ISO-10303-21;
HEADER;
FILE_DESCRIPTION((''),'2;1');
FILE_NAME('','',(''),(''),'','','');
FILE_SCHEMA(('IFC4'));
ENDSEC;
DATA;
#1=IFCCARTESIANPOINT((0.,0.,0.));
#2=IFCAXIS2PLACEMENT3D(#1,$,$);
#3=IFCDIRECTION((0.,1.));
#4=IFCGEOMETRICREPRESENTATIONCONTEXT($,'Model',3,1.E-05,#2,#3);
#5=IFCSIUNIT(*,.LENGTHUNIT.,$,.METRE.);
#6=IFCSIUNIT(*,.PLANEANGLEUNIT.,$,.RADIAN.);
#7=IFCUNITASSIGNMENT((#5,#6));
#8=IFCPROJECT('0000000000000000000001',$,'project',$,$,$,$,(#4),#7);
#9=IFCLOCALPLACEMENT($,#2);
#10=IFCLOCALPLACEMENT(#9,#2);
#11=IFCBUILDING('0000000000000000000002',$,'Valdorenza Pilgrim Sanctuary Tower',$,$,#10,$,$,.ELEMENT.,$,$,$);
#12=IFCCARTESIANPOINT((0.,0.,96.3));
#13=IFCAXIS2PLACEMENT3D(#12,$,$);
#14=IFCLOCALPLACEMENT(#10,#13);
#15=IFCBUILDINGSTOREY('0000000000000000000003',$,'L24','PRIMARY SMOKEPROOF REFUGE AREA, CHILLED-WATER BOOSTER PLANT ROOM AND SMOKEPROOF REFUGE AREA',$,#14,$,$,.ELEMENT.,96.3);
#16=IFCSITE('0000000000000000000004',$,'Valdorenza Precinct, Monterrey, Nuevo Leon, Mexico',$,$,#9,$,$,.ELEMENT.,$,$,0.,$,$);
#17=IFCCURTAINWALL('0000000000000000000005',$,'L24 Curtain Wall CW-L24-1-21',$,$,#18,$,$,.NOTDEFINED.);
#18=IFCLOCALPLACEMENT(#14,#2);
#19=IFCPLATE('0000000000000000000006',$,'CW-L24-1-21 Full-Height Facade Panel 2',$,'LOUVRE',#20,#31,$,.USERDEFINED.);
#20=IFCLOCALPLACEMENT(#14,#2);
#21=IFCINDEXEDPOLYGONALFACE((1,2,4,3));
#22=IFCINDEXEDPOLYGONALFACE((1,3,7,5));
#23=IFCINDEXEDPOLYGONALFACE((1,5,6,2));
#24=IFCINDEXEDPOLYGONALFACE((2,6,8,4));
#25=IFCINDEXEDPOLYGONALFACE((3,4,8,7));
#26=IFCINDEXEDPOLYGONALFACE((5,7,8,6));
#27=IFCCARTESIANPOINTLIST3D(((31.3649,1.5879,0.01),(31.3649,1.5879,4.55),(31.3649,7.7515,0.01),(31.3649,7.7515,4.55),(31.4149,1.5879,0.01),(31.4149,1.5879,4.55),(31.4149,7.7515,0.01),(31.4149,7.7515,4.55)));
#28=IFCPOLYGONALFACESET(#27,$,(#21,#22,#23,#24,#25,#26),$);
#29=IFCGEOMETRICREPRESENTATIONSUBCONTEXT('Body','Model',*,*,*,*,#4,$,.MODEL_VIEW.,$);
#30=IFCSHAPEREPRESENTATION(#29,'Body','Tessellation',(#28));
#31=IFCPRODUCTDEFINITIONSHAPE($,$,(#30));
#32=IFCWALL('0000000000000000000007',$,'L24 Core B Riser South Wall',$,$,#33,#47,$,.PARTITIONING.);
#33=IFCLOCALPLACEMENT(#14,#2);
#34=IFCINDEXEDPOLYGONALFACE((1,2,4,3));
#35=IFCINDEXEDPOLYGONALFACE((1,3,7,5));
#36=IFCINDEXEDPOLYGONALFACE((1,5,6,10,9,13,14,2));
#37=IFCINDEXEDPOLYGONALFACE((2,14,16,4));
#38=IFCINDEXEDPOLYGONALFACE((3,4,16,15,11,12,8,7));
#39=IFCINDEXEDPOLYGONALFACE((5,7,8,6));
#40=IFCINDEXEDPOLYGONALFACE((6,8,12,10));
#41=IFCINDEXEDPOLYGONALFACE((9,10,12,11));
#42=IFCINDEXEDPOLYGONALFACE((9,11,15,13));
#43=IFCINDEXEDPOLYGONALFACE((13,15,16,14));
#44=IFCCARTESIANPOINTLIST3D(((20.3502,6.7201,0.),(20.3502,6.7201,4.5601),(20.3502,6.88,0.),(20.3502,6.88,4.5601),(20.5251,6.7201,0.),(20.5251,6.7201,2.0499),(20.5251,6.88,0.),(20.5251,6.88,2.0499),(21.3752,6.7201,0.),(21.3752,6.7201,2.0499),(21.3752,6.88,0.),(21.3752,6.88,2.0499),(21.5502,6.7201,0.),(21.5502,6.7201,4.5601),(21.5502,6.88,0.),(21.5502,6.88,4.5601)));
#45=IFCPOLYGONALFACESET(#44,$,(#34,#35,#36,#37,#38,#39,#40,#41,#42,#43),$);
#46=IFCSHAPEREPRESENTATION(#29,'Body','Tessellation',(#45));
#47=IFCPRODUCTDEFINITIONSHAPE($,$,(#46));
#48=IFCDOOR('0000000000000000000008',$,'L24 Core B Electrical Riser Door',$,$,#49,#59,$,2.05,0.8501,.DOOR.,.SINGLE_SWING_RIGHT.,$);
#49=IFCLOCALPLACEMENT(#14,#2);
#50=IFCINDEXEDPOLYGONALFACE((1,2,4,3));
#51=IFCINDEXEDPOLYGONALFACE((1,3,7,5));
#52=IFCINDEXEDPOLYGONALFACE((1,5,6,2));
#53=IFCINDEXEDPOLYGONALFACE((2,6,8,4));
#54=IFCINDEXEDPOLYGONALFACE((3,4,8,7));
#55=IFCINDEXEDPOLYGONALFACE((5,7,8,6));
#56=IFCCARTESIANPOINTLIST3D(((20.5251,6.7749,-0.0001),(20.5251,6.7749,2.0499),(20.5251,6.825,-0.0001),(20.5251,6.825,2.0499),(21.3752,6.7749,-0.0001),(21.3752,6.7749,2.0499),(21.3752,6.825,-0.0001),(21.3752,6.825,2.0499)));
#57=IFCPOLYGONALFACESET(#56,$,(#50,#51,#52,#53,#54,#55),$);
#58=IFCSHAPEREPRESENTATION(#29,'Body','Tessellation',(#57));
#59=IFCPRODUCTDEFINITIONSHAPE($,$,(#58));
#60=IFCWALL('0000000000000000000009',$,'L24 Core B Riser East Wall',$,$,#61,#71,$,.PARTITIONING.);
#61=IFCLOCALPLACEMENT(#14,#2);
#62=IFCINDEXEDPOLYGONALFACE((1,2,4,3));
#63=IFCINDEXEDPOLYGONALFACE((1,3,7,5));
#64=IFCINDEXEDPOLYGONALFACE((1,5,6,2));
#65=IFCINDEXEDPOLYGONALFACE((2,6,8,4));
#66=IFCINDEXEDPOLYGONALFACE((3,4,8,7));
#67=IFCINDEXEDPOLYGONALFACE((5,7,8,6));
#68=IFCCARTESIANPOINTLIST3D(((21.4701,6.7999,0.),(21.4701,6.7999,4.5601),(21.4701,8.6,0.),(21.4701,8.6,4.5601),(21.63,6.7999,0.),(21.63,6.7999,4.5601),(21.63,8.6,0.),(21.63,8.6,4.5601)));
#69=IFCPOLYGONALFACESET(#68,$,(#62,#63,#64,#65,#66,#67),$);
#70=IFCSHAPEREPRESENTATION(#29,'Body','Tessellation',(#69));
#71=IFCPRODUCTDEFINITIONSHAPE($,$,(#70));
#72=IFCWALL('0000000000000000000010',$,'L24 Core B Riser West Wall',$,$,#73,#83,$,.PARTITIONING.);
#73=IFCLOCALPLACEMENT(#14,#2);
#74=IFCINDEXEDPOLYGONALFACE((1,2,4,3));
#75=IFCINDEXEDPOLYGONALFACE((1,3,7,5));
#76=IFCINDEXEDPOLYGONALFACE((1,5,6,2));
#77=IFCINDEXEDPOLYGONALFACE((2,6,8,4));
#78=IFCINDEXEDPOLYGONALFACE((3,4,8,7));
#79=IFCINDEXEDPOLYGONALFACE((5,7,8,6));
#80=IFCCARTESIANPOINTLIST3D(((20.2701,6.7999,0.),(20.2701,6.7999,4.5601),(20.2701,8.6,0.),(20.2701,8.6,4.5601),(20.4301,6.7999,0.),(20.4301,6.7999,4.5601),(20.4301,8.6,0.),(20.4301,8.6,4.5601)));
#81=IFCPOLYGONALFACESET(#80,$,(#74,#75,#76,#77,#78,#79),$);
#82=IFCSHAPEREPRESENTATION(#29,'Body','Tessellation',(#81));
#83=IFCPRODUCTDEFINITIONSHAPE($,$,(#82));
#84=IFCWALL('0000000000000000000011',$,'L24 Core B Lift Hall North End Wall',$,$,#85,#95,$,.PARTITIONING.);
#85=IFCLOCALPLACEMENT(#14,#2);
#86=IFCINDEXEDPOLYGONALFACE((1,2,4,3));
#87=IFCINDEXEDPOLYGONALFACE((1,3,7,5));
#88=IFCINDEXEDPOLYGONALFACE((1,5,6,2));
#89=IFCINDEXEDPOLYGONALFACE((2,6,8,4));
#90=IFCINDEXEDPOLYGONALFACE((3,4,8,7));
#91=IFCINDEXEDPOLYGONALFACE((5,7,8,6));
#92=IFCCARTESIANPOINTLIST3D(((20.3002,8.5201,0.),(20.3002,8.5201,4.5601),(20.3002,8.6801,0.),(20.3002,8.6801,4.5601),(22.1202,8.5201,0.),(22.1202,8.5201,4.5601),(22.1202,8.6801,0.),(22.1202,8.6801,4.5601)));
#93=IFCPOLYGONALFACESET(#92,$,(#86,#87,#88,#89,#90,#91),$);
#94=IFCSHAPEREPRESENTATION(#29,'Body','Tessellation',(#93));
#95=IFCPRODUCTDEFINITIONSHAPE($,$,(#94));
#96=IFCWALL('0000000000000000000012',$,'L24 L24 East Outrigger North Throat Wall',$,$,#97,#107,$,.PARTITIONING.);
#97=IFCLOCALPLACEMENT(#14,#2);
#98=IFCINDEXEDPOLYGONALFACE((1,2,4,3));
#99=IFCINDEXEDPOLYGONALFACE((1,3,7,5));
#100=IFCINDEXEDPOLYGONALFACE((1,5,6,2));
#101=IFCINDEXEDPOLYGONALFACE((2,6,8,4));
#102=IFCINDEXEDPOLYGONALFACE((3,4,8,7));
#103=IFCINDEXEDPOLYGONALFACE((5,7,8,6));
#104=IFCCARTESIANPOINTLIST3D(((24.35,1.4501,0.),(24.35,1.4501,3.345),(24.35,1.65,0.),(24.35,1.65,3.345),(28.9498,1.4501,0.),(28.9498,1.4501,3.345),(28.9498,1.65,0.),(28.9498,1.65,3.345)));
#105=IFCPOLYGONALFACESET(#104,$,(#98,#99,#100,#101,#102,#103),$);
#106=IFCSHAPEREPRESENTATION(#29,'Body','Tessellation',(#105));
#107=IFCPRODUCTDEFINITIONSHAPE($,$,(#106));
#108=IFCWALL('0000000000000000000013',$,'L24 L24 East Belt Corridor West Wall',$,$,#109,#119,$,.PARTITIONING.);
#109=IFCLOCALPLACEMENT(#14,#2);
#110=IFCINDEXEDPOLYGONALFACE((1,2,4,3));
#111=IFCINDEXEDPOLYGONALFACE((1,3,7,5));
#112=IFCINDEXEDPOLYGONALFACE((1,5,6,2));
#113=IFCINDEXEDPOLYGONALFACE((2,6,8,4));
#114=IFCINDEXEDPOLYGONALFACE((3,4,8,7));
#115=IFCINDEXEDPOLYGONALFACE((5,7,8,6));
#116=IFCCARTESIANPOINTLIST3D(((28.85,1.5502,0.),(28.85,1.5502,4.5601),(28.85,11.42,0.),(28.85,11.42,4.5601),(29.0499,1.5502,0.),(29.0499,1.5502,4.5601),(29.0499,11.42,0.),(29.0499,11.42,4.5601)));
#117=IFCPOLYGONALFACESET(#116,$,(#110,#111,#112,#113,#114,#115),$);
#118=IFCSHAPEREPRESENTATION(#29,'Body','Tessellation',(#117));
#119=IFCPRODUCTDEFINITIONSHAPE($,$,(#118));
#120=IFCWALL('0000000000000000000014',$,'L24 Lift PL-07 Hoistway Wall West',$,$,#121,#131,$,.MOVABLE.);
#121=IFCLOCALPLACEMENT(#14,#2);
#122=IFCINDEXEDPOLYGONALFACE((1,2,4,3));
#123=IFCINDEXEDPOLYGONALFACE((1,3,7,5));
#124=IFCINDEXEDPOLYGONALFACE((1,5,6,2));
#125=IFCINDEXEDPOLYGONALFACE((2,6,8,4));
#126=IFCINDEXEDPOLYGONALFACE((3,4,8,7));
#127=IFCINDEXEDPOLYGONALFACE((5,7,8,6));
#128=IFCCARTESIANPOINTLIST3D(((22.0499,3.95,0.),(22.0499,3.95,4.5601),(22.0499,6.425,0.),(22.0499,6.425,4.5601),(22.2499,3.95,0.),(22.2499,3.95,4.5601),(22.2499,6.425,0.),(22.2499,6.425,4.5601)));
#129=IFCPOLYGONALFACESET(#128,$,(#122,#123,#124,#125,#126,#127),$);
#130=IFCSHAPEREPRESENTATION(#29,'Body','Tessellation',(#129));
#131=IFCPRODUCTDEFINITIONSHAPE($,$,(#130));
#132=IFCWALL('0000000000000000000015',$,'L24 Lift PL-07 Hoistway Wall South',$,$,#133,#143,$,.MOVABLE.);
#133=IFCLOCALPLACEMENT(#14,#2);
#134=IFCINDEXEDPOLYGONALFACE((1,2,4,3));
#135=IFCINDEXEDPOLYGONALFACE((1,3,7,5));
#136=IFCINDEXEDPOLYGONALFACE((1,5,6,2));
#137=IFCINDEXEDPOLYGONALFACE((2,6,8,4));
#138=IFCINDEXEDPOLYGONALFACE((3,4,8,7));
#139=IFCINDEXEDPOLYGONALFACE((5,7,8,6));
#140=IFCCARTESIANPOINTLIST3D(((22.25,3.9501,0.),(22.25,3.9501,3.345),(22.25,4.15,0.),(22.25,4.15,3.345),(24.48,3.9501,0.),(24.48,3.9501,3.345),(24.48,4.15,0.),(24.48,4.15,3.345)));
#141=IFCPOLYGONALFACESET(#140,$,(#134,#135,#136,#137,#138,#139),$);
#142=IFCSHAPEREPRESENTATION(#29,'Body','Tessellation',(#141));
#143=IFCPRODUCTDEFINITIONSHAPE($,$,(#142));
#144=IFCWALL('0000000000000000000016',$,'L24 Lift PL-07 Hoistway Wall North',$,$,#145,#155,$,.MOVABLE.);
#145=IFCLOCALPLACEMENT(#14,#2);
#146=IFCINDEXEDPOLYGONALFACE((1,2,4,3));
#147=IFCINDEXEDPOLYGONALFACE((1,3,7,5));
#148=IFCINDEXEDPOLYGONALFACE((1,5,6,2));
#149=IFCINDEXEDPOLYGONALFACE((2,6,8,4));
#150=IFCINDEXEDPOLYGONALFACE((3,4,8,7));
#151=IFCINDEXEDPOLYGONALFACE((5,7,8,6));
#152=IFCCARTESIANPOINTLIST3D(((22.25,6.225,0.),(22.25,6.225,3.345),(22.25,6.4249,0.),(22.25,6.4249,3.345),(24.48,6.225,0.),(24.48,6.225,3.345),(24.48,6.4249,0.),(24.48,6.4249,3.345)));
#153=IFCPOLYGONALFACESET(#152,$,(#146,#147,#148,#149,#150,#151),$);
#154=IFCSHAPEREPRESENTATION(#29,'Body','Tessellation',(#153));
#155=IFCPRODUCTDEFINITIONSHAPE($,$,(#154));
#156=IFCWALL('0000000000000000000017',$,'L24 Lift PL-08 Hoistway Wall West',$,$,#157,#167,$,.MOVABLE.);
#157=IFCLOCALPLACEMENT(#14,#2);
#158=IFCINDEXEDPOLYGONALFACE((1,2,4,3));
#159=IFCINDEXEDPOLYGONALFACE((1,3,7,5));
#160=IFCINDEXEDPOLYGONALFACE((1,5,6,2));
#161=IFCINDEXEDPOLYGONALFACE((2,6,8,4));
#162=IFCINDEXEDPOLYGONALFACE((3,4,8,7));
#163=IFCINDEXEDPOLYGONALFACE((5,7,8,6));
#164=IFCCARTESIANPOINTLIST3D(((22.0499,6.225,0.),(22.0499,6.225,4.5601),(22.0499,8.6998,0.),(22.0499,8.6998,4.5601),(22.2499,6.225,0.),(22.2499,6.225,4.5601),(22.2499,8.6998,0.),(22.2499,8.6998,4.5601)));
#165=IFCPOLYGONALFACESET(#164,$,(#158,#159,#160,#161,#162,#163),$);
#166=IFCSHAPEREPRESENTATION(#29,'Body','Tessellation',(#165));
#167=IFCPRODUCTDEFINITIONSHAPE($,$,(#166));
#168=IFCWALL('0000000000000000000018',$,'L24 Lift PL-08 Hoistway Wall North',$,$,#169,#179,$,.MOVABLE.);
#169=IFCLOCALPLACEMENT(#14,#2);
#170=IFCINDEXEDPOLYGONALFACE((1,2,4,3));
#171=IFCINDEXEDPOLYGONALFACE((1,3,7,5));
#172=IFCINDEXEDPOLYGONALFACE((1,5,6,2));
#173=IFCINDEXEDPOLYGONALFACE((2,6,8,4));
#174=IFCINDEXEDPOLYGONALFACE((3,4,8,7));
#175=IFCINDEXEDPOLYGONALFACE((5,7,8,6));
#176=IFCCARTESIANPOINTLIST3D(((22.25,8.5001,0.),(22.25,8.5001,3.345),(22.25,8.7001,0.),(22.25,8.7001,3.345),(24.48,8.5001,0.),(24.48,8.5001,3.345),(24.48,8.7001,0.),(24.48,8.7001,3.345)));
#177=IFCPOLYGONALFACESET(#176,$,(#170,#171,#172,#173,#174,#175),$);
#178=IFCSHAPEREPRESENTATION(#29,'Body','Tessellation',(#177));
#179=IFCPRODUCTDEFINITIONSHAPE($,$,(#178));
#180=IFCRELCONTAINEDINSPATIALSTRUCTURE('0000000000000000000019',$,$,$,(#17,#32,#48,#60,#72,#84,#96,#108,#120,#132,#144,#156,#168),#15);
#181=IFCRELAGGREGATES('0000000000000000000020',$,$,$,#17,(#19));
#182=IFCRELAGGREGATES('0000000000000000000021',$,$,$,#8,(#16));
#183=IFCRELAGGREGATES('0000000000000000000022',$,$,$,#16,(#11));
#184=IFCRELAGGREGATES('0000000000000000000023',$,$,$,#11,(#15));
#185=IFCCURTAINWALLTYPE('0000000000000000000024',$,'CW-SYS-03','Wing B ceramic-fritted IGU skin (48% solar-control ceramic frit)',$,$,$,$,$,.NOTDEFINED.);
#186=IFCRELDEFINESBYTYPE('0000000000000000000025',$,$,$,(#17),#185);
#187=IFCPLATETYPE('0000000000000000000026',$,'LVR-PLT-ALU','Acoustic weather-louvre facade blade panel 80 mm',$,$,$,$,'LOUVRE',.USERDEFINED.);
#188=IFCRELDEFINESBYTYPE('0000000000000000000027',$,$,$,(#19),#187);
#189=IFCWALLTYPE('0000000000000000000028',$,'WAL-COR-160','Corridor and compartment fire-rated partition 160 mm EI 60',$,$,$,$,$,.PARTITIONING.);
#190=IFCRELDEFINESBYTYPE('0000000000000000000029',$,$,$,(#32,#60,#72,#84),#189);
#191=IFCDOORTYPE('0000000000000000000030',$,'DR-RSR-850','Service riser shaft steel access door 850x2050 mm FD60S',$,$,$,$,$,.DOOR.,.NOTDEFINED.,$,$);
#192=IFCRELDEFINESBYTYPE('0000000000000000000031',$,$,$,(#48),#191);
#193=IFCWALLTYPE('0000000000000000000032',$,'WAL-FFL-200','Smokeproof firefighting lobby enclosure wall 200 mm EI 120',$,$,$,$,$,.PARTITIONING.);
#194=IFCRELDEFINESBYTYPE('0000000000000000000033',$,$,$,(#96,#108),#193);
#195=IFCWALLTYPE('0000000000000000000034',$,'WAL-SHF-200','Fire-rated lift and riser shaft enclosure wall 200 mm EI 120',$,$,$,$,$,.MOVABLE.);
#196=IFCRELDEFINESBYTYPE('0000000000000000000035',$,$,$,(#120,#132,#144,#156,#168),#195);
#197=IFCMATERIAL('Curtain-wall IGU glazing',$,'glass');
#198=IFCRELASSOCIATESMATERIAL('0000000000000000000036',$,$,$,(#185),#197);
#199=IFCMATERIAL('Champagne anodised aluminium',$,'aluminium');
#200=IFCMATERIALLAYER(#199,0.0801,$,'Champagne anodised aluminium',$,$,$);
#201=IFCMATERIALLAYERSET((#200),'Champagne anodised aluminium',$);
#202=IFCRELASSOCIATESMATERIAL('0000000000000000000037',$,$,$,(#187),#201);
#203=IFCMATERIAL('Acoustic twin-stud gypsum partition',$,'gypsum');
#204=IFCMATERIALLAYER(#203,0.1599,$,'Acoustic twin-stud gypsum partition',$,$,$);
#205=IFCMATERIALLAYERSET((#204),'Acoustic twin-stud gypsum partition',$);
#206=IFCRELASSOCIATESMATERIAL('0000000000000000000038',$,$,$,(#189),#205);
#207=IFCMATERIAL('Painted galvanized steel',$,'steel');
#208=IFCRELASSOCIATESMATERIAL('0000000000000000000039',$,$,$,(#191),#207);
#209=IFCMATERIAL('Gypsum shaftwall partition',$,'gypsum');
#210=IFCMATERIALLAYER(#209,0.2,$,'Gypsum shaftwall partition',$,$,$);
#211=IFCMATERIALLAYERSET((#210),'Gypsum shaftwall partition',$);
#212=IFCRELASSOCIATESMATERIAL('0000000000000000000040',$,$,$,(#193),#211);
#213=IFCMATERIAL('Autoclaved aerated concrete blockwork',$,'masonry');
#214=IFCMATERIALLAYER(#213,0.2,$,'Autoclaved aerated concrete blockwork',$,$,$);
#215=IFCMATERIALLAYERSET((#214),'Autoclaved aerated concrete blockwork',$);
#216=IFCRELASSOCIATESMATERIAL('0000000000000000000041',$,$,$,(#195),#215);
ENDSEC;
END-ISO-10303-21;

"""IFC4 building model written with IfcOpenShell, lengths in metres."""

from ifc_helpers import new_model, si_unit, direction, frame, frame_2d, origin, origin_2d, place, context, subcontext, project, spatial, rectangle, extrude, source, transform, mapped, material, layer, layer_set, type_object, element, fill, aggregate, save


model = new_model("IFC4")

# Units and contexts
model_context = context("Model", 3, precision=1e-05, world=origin(), true_north=direction((0.0, 1.0)))
body_context = subcontext(model_context, "Body", "Model", "MODEL_VIEW")
ifc_project = project(units=[si_unit("LENGTHUNIT", "METRE"), si_unit("PLANEANGLEUNIT", "RADIAN")], contexts=[model_context])

# Site, building, storey
site_placement = place(None, origin())
site = spatial("IfcSite", under=ifc_project, at=site_placement, Name="Valdorenza Precinct, Monterrey, Nuevo Leon, Mexico", CompositionType="ELEMENT", RefElevation=0.0)
building_placement = place(site_placement, origin())
building = spatial("IfcBuilding", under=site, at=building_placement, Name="Valdorenza Pilgrim Sanctuary Tower", CompositionType="ELEMENT")
storey_placement = place(building_placement, frame((0.0, 0.0, 96.3)))
storey = spatial("IfcBuildingStorey", under=building, at=storey_placement, Name="L24", Description="PRIMARY SMOKEPROOF REFUGE AREA, CHILLED-WATER BOOSTER PLANT ROOM AND SMOKEPROOF REFUGE AREA", CompositionType="ELEMENT", Elevation=96.3)

# Curtain wall
ifc_material_1 = material(Name="Curtain-wall IGU glazing", Category="glass")
curtain_wall_type = type_object("IfcCurtainWallType", Name="CW-SYS-03", Description="Wing B ceramic-fritted IGU skin (48% solar-control ceramic frit)", PredefinedType="NOTDEFINED", material=ifc_material_1)
curtain_wall_placement = place(storey_placement, origin())
curtain_wall = element("IfcCurtainWall", 1, at=curtain_wall_placement, inside=storey, type_object=curtain_wall_type, Name="L24 Curtain Wall CW-L24-1-21", PredefinedType="NOTDEFINED")

# Plate
ifc_material_2 = material(Name="Champagne anodised aluminium", Category="aluminium")
ifc_layer_1 = layer(ifc_material_2, 0.0801, Name="Champagne anodised aluminium")
ifc_layer_set_1 = layer_set([ifc_layer_1], Name="Champagne anodised aluminium")
plate_type_1 = type_object("IfcPlateType", Name="LVR-PLT-ALU", Description="Acoustic weather-louvre facade blade panel 80 mm", ElementType="LOUVRE", PredefinedType="USERDEFINED", material=ifc_layer_set_1)
shared_shape_1 = source(origin(), body_context, "Body", "SweptSolid", [
    extrude(rectangle(XDim=6.1636, YDim=0.05, at=origin_2d()), origin(), (0.0, 0.0, 1.0), 4.54),
])
plate_1_placement = place(storey_placement, frame((31.3899, 4.6697, 0.01), z_axis=(0.0, 0.0, 1.0), x_axis=(0.0, -1.0, 0.0)))
plate_1 = element("IfcPlate", 2, at=plate_1_placement, type_object=plate_type_1, Name="CW-L24-1-21 Full-Height Facade Panel 2", ObjectType="LOUVRE", PredefinedType="USERDEFINED", context=body_context, shape_type="MappedRepresentation", body=[
    mapped(shared_shape_1, transform((0.0, 0.0, 0.0), x_axis=(1.0, 0.0, 0.0), y_axis=(0.0, 1.0, 0.0), z_axis=(0.0, 0.0, 1.0), scale=1.0)),
])
aggregate(curtain_wall, [plate_1])

# Wall, opening, door
ifc_material_3 = material(Name="Acoustic twin-stud gypsum partition", Category="gypsum")
ifc_layer_2 = layer(ifc_material_3, 0.1599, Name="Acoustic twin-stud gypsum partition")
ifc_layer_set_2 = layer_set([ifc_layer_2], Name="Acoustic twin-stud gypsum partition")
wall_type_1 = type_object("IfcWallType", Name="WAL-COR-160", Description="Corridor and compartment fire-rated partition 160 mm EI 60", PredefinedType="PARTITIONING", material=ifc_layer_set_2)
wall_1_placement = place(storey_placement, frame((20.3501, 6.8, 0.0), z_axis=(0.0, 0.0, 1.0), x_axis=(1.0, 0.0, 0.0)))
wall_1 = element("IfcWall", 3, at=wall_1_placement, inside=storey, type_object=wall_type_1, Name="L24 Core B Riser South Wall", PredefinedType="PARTITIONING", context=body_context, shape_type="SweptSolid", body=[
    extrude(rectangle(XDim=1.2, YDim=0.1599, at=frame_2d((0.6001, 0.0))), origin(), (0.0, 0.0, 1.0), 4.5601),
])
opening_placement = place(wall_1_placement, frame((0.175, 0.0, 0.0)))
opening = element("IfcOpeningElement", 4, at=opening_placement, cuts=wall_1, PredefinedType="OPENING", context=body_context, shape_type="SweptSolid", body=[
    extrude(rectangle(XDim=0.8501, YDim=2.05, at=frame_2d((0.425, 1.0249))), frame((0.0, 0.0947, 0.0), z_axis=(0.0, -1.0, 0.0), x_axis=(1.0, 0.0, 0.0)), (0.0, 0.0, 1.0), 0.1897),
])
ifc_material_4 = material(Name="Painted galvanized steel", Category="steel")
door_type = type_object("IfcDoorType", Name="DR-RSR-850", Description="Service riser shaft steel access door 850x2050 mm FD60S", OperationType="NOTDEFINED", PredefinedType="DOOR", material=ifc_material_4)
door_placement = place(opening_placement, origin())
door = element("IfcDoor", 5, at=door_placement, inside=storey, type_object=door_type, Name="L24 Core B Electrical Riser Door", OperationType="SINGLE_SWING_RIGHT", OverallHeight=2.05, OverallWidth=0.8501, PredefinedType="DOOR", context=body_context, shape_type="SweptSolid", body=[
    extrude(rectangle(XDim=0.8501, YDim=2.05, at=frame_2d((0.425, 1.0249))), frame((0.0, 0.0249, 0.0), z_axis=(0.0, -1.0, 0.0), x_axis=(1.0, 0.0, 0.0)), (0.0, 0.0, 1.0), 0.05),
])
fill(opening, door)

# Walls
for number, where, z_axis, x_axis, name in (
    (6, (21.55, 6.8, 0.0), (0.0, 0.0, 1.0), (0.0, 1.0, 0.0), "L24 Core B Riser East Wall"),
    (7, (20.3501, 6.8, 0.0), (0.0, 0.0, 1.0), (0.0, 1.0, 0.0), "L24 Core B Riser West Wall"),
):
    element("IfcWall", number, at=place(storey_placement, frame(where, z_axis=z_axis, x_axis=x_axis)), inside=storey, type_object=wall_type_1, Name=name, PredefinedType="PARTITIONING", context=body_context, shape_type="SweptSolid", body=[
        extrude(rectangle(XDim=1.8, YDim=0.1599, at=frame_2d((0.8999, 0.0))), origin(), (0.0, 0.0, 1.0), 4.5601),
    ])
wall_2_placement = place(storey_placement, frame((20.3, 8.6001, 0.0), z_axis=(0.0, 0.0, 1.0), x_axis=(1.0, 0.0, 0.0)))
element("IfcWall", 8, at=wall_2_placement, inside=storey, type_object=wall_type_1, Name="L24 Core B Lift Hall North End Wall", PredefinedType="PARTITIONING", context=body_context, shape_type="SweptSolid", body=[
    extrude(rectangle(XDim=1.8201, YDim=0.1599, at=frame_2d((0.9102, 0.0))), origin(), (0.0, 0.0, 1.0), 4.5601),
])
ifc_material_5 = material(Name="Gypsum shaftwall partition", Category="gypsum")
ifc_layer_3 = layer(ifc_material_5, 0.2, Name="Gypsum shaftwall partition")
ifc_layer_set_3 = layer_set([ifc_layer_3], Name="Gypsum shaftwall partition")
wall_type_2 = type_object("IfcWallType", Name="WAL-FFL-200", Description="Smokeproof firefighting lobby enclosure wall 200 mm EI 120", PredefinedType="PARTITIONING", material=ifc_layer_set_3)
wall_3_placement = place(storey_placement, frame((24.3501, 1.55, 0.0), z_axis=(0.0, 0.0, 1.0), x_axis=(1.0, 0.0, 0.0)))
element("IfcWall", 9, at=wall_3_placement, inside=storey, type_object=wall_type_2, Name="L24 L24 East Outrigger North Throat Wall", PredefinedType="PARTITIONING", context=body_context, shape_type="SweptSolid", body=[
    extrude(rectangle(XDim=4.5999, YDim=0.2, at=frame_2d((2.2998, 0.0))), origin(), (0.0, 0.0, 1.0), 3.345),
])
wall_4_placement = place(storey_placement, frame((28.95, 1.55, 0.0), z_axis=(0.0, 0.0, 1.0), x_axis=(0.0, 1.0, 0.0)))
element("IfcWall", 10, at=wall_4_placement, inside=storey, type_object=wall_type_2, Name="L24 L24 East Belt Corridor West Wall", PredefinedType="PARTITIONING", context=body_context, shape_type="SweptSolid", body=[
    extrude(rectangle(XDim=9.8699, YDim=0.2, at=frame_2d((4.9351, 0.0))), origin(), (0.0, 0.0, 1.0), 4.5601),
])
ifc_material_6 = material(Name="Autoclaved aerated concrete blockwork", Category="masonry")
ifc_layer_4 = layer(ifc_material_6, 0.2, Name="Autoclaved aerated concrete blockwork")
ifc_layer_set_4 = layer_set([ifc_layer_4], Name="Autoclaved aerated concrete blockwork")
wall_type_3 = type_object("IfcWallType", Name="WAL-SHF-200", Description="Fire-rated lift and riser shaft enclosure wall 200 mm EI 120", PredefinedType="MOVABLE", material=ifc_layer_set_4)
wall_5_placement = place(storey_placement, frame((22.1499, 3.95, 0.0), z_axis=(0.0, 0.0, 1.0), x_axis=(0.0, 1.0, 0.0)))
element("IfcWall", 11, at=wall_5_placement, inside=storey, type_object=wall_type_3, Name="L24 Lift PL-07 Hoistway Wall West", PredefinedType="MOVABLE", context=body_context, shape_type="SweptSolid", body=[
    extrude(rectangle(XDim=2.4751, YDim=0.2, at=frame_2d((1.2375, 0.0))), origin(), (0.0, 0.0, 1.0), 4.5601),
])
for number, where, z_axis, x_axis, name in (
    (12, (22.25, 4.05, 0.0), (0.0, 0.0, 1.0), (1.0, 0.0, 0.0), "L24 Lift PL-07 Hoistway Wall South"),
    (13, (22.25, 6.325, 0.0), (0.0, 0.0, 1.0), (1.0, 0.0, 0.0), "L24 Lift PL-07 Hoistway Wall North"),
):
    element("IfcWall", number, at=place(storey_placement, frame(where, z_axis=z_axis, x_axis=x_axis)), inside=storey, type_object=wall_type_3, Name=name, PredefinedType="MOVABLE", context=body_context, shape_type="SweptSolid", body=[
        extrude(rectangle(XDim=2.23, YDim=0.2, at=frame_2d((1.115, 0.0))), origin(), (0.0, 0.0, 1.0), 3.345),
    ])
wall_6_placement = place(storey_placement, frame((22.1499, 6.2251, 0.0), z_axis=(0.0, 0.0, 1.0), x_axis=(0.0, 1.0, 0.0)))
element("IfcWall", 14, at=wall_6_placement, inside=storey, type_object=wall_type_3, Name="L24 Lift PL-08 Hoistway Wall West", PredefinedType="MOVABLE", context=body_context, shape_type="SweptSolid", body=[
    extrude(rectangle(XDim=2.4749, YDim=0.2, at=frame_2d((1.2373, 0.0))), origin(), (0.0, 0.0, 1.0), 4.5601),
])
wall_7_placement = place(storey_placement, frame((22.25, 8.6001, 0.0), z_axis=(0.0, 0.0, 1.0), x_axis=(1.0, 0.0, 0.0)))
element("IfcWall", 15, at=wall_7_placement, inside=storey, type_object=wall_type_3, Name="L24 Lift PL-08 Hoistway Wall North", PredefinedType="MOVABLE", context=body_context, shape_type="SweptSolid", body=[
    extrude(rectangle(XDim=2.23, YDim=0.2, at=frame_2d((1.115, 0.0))), origin(), (0.0, 0.0, 1.0), 3.345),
])

save(model, "model.ifc")
